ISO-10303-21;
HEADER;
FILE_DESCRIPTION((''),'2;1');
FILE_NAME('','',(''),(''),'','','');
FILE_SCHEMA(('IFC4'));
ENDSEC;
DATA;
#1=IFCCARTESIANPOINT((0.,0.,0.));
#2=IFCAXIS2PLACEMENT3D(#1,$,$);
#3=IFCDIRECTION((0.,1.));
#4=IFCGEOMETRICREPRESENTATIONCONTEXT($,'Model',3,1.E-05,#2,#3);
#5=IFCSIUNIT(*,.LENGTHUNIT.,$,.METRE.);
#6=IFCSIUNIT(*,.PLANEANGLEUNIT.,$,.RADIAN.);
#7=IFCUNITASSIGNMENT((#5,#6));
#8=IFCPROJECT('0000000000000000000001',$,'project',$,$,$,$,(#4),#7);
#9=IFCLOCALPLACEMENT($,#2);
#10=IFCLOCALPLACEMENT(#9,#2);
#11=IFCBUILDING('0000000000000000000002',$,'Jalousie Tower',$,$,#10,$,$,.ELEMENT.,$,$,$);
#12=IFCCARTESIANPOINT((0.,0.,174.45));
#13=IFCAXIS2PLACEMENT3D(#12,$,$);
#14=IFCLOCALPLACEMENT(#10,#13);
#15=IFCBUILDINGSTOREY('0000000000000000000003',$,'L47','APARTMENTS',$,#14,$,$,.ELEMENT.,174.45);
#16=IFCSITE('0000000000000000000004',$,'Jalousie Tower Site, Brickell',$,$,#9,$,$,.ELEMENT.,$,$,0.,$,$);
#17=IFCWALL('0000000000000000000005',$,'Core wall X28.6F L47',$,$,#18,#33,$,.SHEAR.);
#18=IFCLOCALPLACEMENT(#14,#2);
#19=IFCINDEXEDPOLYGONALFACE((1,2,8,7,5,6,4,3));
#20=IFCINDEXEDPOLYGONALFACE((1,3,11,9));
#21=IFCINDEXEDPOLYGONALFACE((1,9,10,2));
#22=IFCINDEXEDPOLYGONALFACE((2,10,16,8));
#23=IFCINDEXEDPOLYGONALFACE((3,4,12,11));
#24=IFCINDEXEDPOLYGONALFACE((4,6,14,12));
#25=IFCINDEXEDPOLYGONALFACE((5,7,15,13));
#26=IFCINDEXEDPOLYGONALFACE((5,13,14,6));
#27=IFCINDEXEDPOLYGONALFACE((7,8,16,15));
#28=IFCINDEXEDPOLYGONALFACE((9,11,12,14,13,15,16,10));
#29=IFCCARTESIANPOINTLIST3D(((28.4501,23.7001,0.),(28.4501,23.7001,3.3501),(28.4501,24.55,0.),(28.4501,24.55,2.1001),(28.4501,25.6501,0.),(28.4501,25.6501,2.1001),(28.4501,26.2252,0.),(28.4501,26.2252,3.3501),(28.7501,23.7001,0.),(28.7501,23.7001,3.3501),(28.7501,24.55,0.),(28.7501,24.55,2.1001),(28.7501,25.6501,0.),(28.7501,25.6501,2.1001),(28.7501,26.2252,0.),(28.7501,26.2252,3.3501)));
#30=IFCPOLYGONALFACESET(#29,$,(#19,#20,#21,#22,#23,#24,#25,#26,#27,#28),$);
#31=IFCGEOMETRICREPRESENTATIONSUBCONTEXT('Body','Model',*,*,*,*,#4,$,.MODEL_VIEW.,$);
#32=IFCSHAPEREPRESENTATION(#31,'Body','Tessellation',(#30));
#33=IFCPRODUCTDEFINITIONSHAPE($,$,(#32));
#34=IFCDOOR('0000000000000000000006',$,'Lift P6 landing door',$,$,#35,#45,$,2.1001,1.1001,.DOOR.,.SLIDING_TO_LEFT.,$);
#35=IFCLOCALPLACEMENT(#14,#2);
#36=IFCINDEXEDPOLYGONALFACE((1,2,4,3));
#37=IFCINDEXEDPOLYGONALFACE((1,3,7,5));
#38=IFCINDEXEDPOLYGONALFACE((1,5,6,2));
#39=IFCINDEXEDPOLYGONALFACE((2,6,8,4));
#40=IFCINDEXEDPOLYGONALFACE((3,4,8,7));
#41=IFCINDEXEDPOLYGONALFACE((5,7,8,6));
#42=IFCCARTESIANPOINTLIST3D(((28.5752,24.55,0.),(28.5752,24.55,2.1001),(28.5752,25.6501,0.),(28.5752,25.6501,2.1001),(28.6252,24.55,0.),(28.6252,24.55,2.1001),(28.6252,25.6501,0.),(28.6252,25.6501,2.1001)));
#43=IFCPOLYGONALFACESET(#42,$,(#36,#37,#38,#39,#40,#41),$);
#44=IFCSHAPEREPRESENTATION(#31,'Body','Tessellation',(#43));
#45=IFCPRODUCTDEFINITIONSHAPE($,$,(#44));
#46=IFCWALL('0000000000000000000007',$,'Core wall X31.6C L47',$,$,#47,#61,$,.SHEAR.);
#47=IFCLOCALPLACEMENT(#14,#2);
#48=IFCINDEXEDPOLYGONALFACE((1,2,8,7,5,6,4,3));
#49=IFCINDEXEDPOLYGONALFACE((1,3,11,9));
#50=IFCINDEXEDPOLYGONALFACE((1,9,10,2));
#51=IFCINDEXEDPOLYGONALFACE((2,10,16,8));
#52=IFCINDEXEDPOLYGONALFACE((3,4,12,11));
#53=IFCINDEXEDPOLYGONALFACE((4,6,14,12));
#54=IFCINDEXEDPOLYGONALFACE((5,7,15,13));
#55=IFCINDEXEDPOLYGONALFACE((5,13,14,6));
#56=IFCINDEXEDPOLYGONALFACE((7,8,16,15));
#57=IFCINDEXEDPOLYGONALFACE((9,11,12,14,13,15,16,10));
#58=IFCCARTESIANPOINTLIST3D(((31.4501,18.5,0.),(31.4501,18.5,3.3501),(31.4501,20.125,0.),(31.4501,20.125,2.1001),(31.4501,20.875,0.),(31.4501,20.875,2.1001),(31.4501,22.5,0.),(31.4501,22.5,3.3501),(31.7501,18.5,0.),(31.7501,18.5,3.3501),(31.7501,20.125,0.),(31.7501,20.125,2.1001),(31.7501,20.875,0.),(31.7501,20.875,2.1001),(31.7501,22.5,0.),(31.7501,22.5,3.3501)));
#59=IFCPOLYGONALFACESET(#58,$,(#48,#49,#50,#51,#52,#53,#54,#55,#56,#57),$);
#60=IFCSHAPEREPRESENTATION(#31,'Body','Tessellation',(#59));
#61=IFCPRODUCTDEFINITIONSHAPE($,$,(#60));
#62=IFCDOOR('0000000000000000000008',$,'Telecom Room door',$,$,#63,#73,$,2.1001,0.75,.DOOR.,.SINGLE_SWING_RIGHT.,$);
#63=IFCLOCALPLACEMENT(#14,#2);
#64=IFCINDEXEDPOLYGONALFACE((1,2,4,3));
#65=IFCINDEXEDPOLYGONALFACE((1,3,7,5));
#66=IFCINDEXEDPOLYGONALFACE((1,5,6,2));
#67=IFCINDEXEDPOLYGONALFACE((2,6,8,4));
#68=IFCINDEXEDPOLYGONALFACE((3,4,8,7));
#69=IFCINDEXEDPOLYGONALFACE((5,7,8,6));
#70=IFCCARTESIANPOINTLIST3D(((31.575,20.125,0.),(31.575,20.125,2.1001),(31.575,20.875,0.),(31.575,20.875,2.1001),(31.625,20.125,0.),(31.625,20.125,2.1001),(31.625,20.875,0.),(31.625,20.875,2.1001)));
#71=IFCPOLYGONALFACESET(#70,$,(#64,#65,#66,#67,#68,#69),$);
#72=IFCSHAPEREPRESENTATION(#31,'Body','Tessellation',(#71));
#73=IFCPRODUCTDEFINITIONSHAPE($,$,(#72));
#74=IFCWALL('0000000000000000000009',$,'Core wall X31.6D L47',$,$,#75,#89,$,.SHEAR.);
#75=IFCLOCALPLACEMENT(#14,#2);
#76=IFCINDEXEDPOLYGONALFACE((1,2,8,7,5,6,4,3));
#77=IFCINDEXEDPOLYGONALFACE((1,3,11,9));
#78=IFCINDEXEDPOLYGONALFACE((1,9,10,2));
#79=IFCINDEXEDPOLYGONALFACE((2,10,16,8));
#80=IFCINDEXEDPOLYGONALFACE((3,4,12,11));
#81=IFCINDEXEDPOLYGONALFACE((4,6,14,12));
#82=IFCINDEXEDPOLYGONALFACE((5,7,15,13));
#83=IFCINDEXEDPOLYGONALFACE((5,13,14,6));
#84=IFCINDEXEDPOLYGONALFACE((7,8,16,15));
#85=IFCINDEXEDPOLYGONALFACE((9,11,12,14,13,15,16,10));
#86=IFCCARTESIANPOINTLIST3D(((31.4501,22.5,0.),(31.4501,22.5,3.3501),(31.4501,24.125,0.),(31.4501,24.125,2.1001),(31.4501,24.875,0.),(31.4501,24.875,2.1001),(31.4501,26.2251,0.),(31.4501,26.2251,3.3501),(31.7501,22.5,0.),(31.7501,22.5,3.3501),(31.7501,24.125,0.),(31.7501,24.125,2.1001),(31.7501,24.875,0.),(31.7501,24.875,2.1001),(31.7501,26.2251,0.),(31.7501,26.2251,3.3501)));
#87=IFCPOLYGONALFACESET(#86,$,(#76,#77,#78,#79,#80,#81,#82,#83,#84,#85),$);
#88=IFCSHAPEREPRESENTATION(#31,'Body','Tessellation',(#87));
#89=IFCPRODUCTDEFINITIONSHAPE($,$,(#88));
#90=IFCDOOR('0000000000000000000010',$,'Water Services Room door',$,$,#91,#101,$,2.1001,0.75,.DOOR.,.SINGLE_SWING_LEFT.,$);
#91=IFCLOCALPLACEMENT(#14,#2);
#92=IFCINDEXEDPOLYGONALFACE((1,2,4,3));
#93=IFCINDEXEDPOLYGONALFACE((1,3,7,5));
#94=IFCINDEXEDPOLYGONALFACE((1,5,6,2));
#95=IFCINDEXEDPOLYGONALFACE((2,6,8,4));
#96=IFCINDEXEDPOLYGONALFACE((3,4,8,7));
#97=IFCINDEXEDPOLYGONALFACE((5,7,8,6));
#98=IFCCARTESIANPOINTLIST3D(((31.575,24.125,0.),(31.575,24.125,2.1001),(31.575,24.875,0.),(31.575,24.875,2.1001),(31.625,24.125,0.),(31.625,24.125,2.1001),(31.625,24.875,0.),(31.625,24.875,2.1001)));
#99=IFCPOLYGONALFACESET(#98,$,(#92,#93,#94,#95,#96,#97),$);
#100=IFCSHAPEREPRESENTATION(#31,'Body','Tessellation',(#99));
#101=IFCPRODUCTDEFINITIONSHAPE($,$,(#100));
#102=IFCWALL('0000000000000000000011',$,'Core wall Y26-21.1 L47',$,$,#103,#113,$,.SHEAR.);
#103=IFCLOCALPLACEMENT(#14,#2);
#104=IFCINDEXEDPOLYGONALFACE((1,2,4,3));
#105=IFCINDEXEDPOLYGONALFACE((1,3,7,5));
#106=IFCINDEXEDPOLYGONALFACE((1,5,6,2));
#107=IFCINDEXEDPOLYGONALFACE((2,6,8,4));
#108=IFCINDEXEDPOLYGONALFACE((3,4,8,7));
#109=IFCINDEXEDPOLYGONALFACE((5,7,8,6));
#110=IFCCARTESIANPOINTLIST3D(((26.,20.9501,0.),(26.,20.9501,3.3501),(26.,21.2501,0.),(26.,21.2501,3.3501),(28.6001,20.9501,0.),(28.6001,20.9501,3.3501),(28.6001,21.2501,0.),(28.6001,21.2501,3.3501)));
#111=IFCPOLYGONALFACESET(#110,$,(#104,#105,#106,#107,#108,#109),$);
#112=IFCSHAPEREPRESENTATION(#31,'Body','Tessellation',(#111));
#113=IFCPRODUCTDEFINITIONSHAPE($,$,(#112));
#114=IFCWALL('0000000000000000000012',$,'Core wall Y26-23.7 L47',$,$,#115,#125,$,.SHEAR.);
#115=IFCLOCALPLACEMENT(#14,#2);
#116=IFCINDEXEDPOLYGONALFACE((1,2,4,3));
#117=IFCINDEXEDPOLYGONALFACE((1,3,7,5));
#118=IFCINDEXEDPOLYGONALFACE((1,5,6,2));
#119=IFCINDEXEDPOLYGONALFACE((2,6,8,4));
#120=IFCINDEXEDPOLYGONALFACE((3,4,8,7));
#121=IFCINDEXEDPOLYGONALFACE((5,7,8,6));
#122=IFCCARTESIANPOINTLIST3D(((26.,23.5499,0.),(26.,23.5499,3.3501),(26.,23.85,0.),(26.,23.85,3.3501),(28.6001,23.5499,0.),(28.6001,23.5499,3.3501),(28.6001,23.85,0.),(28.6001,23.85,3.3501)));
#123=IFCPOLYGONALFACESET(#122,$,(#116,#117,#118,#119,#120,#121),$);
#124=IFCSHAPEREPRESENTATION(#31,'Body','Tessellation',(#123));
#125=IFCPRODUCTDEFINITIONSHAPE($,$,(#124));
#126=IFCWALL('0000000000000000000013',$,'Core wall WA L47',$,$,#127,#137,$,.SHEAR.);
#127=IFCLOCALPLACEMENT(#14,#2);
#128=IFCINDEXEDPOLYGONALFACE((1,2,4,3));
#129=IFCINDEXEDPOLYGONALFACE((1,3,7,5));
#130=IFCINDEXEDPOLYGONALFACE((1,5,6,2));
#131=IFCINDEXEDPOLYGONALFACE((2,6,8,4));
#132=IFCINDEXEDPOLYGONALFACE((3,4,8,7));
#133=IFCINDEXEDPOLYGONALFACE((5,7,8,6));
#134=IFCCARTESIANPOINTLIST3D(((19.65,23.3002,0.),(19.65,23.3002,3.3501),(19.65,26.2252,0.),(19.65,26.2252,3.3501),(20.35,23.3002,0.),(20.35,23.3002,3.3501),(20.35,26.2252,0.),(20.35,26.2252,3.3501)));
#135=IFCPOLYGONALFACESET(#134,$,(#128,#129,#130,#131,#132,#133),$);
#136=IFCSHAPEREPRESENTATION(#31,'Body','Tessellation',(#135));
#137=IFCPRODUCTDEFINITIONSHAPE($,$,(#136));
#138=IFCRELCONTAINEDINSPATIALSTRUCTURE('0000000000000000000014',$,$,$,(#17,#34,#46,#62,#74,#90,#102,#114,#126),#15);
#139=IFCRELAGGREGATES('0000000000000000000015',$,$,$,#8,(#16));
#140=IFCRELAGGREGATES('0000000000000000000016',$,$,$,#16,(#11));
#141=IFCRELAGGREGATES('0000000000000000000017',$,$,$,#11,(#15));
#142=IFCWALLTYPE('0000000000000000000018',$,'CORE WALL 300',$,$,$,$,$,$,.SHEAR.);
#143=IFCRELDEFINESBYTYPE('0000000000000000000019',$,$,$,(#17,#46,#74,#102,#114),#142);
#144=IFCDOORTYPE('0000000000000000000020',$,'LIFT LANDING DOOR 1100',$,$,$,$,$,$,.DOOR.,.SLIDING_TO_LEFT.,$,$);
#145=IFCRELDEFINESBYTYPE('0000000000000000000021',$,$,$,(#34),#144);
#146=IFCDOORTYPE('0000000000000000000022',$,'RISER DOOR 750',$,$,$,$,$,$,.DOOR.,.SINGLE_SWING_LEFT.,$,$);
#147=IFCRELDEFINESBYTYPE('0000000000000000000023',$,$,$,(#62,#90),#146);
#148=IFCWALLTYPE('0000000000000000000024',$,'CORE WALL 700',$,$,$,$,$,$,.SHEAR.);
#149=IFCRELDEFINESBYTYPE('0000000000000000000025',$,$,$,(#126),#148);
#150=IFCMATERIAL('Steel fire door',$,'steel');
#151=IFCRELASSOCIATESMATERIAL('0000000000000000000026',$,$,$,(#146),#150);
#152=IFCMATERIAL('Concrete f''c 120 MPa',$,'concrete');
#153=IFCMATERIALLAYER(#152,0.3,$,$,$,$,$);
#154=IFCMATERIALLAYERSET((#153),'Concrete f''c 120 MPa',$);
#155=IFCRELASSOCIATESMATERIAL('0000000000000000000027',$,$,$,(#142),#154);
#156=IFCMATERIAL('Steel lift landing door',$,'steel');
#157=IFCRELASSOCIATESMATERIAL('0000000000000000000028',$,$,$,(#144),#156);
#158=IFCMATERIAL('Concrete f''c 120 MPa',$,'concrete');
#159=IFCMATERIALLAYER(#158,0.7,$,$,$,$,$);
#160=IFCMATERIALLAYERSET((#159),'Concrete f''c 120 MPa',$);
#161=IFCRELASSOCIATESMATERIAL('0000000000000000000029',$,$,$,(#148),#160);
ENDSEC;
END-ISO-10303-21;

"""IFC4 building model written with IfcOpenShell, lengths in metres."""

from ifc_helpers import new_model, si_unit, direction, frame, frame_2d, origin, place, context, subcontext, project, spatial, rectangle, extrude, material, layer, layer_set, type_object, element, fill, save


model = new_model("IFC4")

# Units and contexts
model_context = context("Model", 3, precision=1e-05, world=origin(), true_north=direction((0.0, 1.0)))
body_context = subcontext(model_context, "Body", "Model", "MODEL_VIEW")
ifc_project = project(units=[si_unit("LENGTHUNIT", "METRE"), si_unit("PLANEANGLEUNIT", "RADIAN")], contexts=[model_context])

# Site, building, storey
site_placement = place(None, origin())
site = spatial("IfcSite", under=ifc_project, at=site_placement, Name="Jalousie Tower Site, Brickell", CompositionType="ELEMENT", RefElevation=0.0)
building_placement = place(site_placement, origin())
building = spatial("IfcBuilding", under=site, at=building_placement, Name="Jalousie Tower", CompositionType="ELEMENT")
storey_placement = place(building_placement, frame((0.0, 0.0, 174.45)))
storey = spatial("IfcBuildingStorey", under=building, at=storey_placement, Name="L47", Description="APARTMENTS", CompositionType="ELEMENT", Elevation=174.45)

# Shared definitions
ifc_material_1 = material(Name="Steel fire door", Category="steel")
door_type_1 = type_object("IfcDoorType", Name="RISER DOOR 750", OperationType="SINGLE_SWING_LEFT", PredefinedType="DOOR", material=ifc_material_1)

# Shared definitions
ifc_material_2 = material(Name="Concrete f'c 120 MPa", Category="concrete")
ifc_layer_1 = layer(ifc_material_2, 0.3)
ifc_layer_set_1 = layer_set([ifc_layer_1], Name="Concrete f'c 120 MPa")
wall_type_1 = type_object("IfcWallType", Name="CORE WALL 300", PredefinedType="SHEAR", material=ifc_layer_set_1)

# Walls, openings, doors
ifc_material_3 = material(Name="Steel lift landing door", Category="steel")
door_type_2 = type_object("IfcDoorType", Name="LIFT LANDING DOOR 1100", OperationType="SLIDING_TO_LEFT", PredefinedType="DOOR", material=ifc_material_3)
wall_1_placement = place(storey_placement, frame((28.6001, 23.7, 0.0), z_axis=(0.0, 0.0, 1.0), x_axis=(0.0, 1.0, 0.0)))
wall_1 = element("IfcWall", 1, at=wall_1_placement, inside=storey, type_object=wall_type_1, Name="Core wall X28.6F L47", PredefinedType="SHEAR", context=body_context, shape_type="SweptSolid", body=[
    extrude(rectangle(XDim=2.5251, YDim=0.3, at=frame_2d((1.2627, 0.0))), origin(), (0.0, 0.0, 1.0), 3.3501),
])
opening_1_placement = place(wall_1_placement, frame((0.8501, 0.0, 0.0)))
opening_1 = element("IfcOpeningElement", 2, at=opening_1_placement, cuts=wall_1, PredefinedType="OPENING", context=body_context, shape_type="SweptSolid", body=[
    extrude(rectangle(XDim=1.1001, YDim=2.1001, at=frame_2d((0.55, 1.05))), frame((0.0, 0.1599, 0.0), z_axis=(0.0, -1.0, 0.0), x_axis=(1.0, 0.0, 0.0)), (0.0, 0.0, 1.0), 0.3201),
])
door_1_placement = place(opening_1_placement, origin())
door_1 = element("IfcDoor", 3, at=door_1_placement, inside=storey, type_object=door_type_2, Name="Lift P6 landing door", OperationType="SLIDING_TO_LEFT", OverallHeight=2.1001, OverallWidth=1.1001, PredefinedType="DOOR", context=body_context, shape_type="SweptSolid", body=[
    extrude(rectangle(XDim=1.1001, YDim=2.1001, at=frame_2d((0.55, 1.05))), frame((0.0, 0.0249, 0.0), z_axis=(0.0, -1.0, 0.0), x_axis=(1.0, 0.0, 0.0)), (0.0, 0.0, 1.0), 0.05),
])
fill(opening_1, door_1)
wall_2_placement = place(storey_placement, frame((31.6001, 18.5, 0.0), z_axis=(0.0, 0.0, 1.0), x_axis=(0.0, 1.0, 0.0)))
wall_2 = element("IfcWall", 4, at=wall_2_placement, inside=storey, type_object=wall_type_1, Name="Core wall X31.6C L47", PredefinedType="SHEAR", context=body_context, shape_type="SweptSolid", body=[
    extrude(rectangle(XDim=4.0, YDim=0.3, at=frame_2d((2.0, 0.0))), origin(), (0.0, 0.0, 1.0), 3.3501),
])
opening_2_placement = place(wall_2_placement, frame((1.625, 0.0, 0.0)))
opening_2 = element("IfcOpeningElement", 5, at=opening_2_placement, cuts=wall_2, PredefinedType="OPENING", context=body_context, shape_type="SweptSolid", body=[
    extrude(rectangle(XDim=0.75, YDim=2.1001, at=frame_2d((0.375, 1.05))), frame((0.0, 0.1599, 0.0), z_axis=(0.0, -1.0, 0.0), x_axis=(1.0, 0.0, 0.0)), (0.0, 0.0, 1.0), 0.3201),
])
door_2_placement = place(opening_2_placement, frame((0.75, 0.0, 0.0), z_axis=(0.0, 0.0, 1.0), x_axis=(-1.0, 0.0, 0.0)))
door_2 = element("IfcDoor", 6, at=door_2_placement, inside=storey, type_object=door_type_1, Name="Telecom Room door", OperationType="SINGLE_SWING_RIGHT", OverallHeight=2.1001, OverallWidth=0.75, PredefinedType="DOOR", context=body_context, shape_type="SweptSolid", body=[
    extrude(rectangle(XDim=0.75, YDim=2.1001, at=frame_2d((0.375, 1.05))), frame((0.0, 0.0249, 0.0), z_axis=(0.0, -1.0, 0.0), x_axis=(1.0, 0.0, 0.0)), (0.0, 0.0, 1.0), 0.05),
])
fill(opening_2, door_2)
wall_3_placement = place(storey_placement, frame((31.6001, 22.5, 0.0), z_axis=(0.0, 0.0, 1.0), x_axis=(0.0, 1.0, 0.0)))
wall_3 = element("IfcWall", 7, at=wall_3_placement, inside=storey, type_object=wall_type_1, Name="Core wall X31.6D L47", PredefinedType="SHEAR", context=body_context, shape_type="SweptSolid", body=[
    extrude(rectangle(XDim=3.7251, YDim=0.3, at=frame_2d((1.8625, 0.0))), origin(), (0.0, 0.0, 1.0), 3.3501),
])
opening_3_placement = place(wall_3_placement, frame((1.625, 0.0, 0.0)))
opening_3 = element("IfcOpeningElement", 8, at=opening_3_placement, cuts=wall_3, PredefinedType="OPENING", context=body_context, shape_type="SweptSolid", body=[
    extrude(rectangle(XDim=0.75, YDim=2.1001, at=frame_2d((0.375, 1.05))), frame((0.0, 0.1599, 0.0), z_axis=(0.0, -1.0, 0.0), x_axis=(1.0, 0.0, 0.0)), (0.0, 0.0, 1.0), 0.3201),
])
door_3_placement = place(opening_3_placement, frame((0.75, 0.0, 0.0), z_axis=(0.0, 0.0, 1.0), x_axis=(-1.0, 0.0, 0.0)))
door_3 = element("IfcDoor", 9, at=door_3_placement, inside=storey, type_object=door_type_1, Name="Water Services Room door", OperationType="SINGLE_SWING_LEFT", OverallHeight=2.1001, OverallWidth=0.75, PredefinedType="DOOR", context=body_context, shape_type="SweptSolid", body=[
    extrude(rectangle(XDim=0.75, YDim=2.1001, at=frame_2d((0.375, 1.05))), frame((0.0, 0.0249, 0.0), z_axis=(0.0, -1.0, 0.0), x_axis=(1.0, 0.0, 0.0)), (0.0, 0.0, 1.0), 0.05),
])
fill(opening_3, door_3)

# Walls
for number, where, z_axis, x_axis, name in (
    (10, (26.0, 21.1001, 0.0), (0.0, 0.0, 1.0), (1.0, 0.0, 0.0), "Core wall Y26-21.1 L47"),
    (11, (26.0, 23.7, 0.0), (0.0, 0.0, 1.0), (1.0, 0.0, 0.0), "Core wall Y26-23.7 L47"),
):
    element("IfcWall", number, at=place(storey_placement, frame(where, z_axis=z_axis, x_axis=x_axis)), inside=storey, type_object=wall_type_1, Name=name, PredefinedType="SHEAR", context=body_context, shape_type="SweptSolid", body=[
        extrude(rectangle(XDim=2.6001, YDim=0.3, at=frame_2d((1.3, 0.0))), origin(), (0.0, 0.0, 1.0), 3.3501),
    ])
ifc_material_4 = material(Name="Concrete f'c 120 MPa", Category="concrete")
ifc_layer_2 = layer(ifc_material_4, 0.7)
ifc_layer_set_2 = layer_set([ifc_layer_2], Name="Concrete f'c 120 MPa")
wall_type_2 = type_object("IfcWallType", Name="CORE WALL 700", PredefinedType="SHEAR", material=ifc_layer_set_2)
wall_4_placement = place(storey_placement, frame((20.0, 26.2251, 0.0), z_axis=(0.0, 0.0, 1.0), x_axis=(0.0, -1.0, 0.0)))
element("IfcWall", 12, at=wall_4_placement, inside=storey, type_object=wall_type_2, Name="Core wall WA L47", PredefinedType="SHEAR", context=body_context, shape_type="SweptSolid", body=[
    extrude(rectangle(XDim=2.925, YDim=0.7, at=frame_2d((1.4624, 0.0))), origin(), (0.0, 0.0, 1.0), 3.3501),
])

save(model, "model.ifc")
